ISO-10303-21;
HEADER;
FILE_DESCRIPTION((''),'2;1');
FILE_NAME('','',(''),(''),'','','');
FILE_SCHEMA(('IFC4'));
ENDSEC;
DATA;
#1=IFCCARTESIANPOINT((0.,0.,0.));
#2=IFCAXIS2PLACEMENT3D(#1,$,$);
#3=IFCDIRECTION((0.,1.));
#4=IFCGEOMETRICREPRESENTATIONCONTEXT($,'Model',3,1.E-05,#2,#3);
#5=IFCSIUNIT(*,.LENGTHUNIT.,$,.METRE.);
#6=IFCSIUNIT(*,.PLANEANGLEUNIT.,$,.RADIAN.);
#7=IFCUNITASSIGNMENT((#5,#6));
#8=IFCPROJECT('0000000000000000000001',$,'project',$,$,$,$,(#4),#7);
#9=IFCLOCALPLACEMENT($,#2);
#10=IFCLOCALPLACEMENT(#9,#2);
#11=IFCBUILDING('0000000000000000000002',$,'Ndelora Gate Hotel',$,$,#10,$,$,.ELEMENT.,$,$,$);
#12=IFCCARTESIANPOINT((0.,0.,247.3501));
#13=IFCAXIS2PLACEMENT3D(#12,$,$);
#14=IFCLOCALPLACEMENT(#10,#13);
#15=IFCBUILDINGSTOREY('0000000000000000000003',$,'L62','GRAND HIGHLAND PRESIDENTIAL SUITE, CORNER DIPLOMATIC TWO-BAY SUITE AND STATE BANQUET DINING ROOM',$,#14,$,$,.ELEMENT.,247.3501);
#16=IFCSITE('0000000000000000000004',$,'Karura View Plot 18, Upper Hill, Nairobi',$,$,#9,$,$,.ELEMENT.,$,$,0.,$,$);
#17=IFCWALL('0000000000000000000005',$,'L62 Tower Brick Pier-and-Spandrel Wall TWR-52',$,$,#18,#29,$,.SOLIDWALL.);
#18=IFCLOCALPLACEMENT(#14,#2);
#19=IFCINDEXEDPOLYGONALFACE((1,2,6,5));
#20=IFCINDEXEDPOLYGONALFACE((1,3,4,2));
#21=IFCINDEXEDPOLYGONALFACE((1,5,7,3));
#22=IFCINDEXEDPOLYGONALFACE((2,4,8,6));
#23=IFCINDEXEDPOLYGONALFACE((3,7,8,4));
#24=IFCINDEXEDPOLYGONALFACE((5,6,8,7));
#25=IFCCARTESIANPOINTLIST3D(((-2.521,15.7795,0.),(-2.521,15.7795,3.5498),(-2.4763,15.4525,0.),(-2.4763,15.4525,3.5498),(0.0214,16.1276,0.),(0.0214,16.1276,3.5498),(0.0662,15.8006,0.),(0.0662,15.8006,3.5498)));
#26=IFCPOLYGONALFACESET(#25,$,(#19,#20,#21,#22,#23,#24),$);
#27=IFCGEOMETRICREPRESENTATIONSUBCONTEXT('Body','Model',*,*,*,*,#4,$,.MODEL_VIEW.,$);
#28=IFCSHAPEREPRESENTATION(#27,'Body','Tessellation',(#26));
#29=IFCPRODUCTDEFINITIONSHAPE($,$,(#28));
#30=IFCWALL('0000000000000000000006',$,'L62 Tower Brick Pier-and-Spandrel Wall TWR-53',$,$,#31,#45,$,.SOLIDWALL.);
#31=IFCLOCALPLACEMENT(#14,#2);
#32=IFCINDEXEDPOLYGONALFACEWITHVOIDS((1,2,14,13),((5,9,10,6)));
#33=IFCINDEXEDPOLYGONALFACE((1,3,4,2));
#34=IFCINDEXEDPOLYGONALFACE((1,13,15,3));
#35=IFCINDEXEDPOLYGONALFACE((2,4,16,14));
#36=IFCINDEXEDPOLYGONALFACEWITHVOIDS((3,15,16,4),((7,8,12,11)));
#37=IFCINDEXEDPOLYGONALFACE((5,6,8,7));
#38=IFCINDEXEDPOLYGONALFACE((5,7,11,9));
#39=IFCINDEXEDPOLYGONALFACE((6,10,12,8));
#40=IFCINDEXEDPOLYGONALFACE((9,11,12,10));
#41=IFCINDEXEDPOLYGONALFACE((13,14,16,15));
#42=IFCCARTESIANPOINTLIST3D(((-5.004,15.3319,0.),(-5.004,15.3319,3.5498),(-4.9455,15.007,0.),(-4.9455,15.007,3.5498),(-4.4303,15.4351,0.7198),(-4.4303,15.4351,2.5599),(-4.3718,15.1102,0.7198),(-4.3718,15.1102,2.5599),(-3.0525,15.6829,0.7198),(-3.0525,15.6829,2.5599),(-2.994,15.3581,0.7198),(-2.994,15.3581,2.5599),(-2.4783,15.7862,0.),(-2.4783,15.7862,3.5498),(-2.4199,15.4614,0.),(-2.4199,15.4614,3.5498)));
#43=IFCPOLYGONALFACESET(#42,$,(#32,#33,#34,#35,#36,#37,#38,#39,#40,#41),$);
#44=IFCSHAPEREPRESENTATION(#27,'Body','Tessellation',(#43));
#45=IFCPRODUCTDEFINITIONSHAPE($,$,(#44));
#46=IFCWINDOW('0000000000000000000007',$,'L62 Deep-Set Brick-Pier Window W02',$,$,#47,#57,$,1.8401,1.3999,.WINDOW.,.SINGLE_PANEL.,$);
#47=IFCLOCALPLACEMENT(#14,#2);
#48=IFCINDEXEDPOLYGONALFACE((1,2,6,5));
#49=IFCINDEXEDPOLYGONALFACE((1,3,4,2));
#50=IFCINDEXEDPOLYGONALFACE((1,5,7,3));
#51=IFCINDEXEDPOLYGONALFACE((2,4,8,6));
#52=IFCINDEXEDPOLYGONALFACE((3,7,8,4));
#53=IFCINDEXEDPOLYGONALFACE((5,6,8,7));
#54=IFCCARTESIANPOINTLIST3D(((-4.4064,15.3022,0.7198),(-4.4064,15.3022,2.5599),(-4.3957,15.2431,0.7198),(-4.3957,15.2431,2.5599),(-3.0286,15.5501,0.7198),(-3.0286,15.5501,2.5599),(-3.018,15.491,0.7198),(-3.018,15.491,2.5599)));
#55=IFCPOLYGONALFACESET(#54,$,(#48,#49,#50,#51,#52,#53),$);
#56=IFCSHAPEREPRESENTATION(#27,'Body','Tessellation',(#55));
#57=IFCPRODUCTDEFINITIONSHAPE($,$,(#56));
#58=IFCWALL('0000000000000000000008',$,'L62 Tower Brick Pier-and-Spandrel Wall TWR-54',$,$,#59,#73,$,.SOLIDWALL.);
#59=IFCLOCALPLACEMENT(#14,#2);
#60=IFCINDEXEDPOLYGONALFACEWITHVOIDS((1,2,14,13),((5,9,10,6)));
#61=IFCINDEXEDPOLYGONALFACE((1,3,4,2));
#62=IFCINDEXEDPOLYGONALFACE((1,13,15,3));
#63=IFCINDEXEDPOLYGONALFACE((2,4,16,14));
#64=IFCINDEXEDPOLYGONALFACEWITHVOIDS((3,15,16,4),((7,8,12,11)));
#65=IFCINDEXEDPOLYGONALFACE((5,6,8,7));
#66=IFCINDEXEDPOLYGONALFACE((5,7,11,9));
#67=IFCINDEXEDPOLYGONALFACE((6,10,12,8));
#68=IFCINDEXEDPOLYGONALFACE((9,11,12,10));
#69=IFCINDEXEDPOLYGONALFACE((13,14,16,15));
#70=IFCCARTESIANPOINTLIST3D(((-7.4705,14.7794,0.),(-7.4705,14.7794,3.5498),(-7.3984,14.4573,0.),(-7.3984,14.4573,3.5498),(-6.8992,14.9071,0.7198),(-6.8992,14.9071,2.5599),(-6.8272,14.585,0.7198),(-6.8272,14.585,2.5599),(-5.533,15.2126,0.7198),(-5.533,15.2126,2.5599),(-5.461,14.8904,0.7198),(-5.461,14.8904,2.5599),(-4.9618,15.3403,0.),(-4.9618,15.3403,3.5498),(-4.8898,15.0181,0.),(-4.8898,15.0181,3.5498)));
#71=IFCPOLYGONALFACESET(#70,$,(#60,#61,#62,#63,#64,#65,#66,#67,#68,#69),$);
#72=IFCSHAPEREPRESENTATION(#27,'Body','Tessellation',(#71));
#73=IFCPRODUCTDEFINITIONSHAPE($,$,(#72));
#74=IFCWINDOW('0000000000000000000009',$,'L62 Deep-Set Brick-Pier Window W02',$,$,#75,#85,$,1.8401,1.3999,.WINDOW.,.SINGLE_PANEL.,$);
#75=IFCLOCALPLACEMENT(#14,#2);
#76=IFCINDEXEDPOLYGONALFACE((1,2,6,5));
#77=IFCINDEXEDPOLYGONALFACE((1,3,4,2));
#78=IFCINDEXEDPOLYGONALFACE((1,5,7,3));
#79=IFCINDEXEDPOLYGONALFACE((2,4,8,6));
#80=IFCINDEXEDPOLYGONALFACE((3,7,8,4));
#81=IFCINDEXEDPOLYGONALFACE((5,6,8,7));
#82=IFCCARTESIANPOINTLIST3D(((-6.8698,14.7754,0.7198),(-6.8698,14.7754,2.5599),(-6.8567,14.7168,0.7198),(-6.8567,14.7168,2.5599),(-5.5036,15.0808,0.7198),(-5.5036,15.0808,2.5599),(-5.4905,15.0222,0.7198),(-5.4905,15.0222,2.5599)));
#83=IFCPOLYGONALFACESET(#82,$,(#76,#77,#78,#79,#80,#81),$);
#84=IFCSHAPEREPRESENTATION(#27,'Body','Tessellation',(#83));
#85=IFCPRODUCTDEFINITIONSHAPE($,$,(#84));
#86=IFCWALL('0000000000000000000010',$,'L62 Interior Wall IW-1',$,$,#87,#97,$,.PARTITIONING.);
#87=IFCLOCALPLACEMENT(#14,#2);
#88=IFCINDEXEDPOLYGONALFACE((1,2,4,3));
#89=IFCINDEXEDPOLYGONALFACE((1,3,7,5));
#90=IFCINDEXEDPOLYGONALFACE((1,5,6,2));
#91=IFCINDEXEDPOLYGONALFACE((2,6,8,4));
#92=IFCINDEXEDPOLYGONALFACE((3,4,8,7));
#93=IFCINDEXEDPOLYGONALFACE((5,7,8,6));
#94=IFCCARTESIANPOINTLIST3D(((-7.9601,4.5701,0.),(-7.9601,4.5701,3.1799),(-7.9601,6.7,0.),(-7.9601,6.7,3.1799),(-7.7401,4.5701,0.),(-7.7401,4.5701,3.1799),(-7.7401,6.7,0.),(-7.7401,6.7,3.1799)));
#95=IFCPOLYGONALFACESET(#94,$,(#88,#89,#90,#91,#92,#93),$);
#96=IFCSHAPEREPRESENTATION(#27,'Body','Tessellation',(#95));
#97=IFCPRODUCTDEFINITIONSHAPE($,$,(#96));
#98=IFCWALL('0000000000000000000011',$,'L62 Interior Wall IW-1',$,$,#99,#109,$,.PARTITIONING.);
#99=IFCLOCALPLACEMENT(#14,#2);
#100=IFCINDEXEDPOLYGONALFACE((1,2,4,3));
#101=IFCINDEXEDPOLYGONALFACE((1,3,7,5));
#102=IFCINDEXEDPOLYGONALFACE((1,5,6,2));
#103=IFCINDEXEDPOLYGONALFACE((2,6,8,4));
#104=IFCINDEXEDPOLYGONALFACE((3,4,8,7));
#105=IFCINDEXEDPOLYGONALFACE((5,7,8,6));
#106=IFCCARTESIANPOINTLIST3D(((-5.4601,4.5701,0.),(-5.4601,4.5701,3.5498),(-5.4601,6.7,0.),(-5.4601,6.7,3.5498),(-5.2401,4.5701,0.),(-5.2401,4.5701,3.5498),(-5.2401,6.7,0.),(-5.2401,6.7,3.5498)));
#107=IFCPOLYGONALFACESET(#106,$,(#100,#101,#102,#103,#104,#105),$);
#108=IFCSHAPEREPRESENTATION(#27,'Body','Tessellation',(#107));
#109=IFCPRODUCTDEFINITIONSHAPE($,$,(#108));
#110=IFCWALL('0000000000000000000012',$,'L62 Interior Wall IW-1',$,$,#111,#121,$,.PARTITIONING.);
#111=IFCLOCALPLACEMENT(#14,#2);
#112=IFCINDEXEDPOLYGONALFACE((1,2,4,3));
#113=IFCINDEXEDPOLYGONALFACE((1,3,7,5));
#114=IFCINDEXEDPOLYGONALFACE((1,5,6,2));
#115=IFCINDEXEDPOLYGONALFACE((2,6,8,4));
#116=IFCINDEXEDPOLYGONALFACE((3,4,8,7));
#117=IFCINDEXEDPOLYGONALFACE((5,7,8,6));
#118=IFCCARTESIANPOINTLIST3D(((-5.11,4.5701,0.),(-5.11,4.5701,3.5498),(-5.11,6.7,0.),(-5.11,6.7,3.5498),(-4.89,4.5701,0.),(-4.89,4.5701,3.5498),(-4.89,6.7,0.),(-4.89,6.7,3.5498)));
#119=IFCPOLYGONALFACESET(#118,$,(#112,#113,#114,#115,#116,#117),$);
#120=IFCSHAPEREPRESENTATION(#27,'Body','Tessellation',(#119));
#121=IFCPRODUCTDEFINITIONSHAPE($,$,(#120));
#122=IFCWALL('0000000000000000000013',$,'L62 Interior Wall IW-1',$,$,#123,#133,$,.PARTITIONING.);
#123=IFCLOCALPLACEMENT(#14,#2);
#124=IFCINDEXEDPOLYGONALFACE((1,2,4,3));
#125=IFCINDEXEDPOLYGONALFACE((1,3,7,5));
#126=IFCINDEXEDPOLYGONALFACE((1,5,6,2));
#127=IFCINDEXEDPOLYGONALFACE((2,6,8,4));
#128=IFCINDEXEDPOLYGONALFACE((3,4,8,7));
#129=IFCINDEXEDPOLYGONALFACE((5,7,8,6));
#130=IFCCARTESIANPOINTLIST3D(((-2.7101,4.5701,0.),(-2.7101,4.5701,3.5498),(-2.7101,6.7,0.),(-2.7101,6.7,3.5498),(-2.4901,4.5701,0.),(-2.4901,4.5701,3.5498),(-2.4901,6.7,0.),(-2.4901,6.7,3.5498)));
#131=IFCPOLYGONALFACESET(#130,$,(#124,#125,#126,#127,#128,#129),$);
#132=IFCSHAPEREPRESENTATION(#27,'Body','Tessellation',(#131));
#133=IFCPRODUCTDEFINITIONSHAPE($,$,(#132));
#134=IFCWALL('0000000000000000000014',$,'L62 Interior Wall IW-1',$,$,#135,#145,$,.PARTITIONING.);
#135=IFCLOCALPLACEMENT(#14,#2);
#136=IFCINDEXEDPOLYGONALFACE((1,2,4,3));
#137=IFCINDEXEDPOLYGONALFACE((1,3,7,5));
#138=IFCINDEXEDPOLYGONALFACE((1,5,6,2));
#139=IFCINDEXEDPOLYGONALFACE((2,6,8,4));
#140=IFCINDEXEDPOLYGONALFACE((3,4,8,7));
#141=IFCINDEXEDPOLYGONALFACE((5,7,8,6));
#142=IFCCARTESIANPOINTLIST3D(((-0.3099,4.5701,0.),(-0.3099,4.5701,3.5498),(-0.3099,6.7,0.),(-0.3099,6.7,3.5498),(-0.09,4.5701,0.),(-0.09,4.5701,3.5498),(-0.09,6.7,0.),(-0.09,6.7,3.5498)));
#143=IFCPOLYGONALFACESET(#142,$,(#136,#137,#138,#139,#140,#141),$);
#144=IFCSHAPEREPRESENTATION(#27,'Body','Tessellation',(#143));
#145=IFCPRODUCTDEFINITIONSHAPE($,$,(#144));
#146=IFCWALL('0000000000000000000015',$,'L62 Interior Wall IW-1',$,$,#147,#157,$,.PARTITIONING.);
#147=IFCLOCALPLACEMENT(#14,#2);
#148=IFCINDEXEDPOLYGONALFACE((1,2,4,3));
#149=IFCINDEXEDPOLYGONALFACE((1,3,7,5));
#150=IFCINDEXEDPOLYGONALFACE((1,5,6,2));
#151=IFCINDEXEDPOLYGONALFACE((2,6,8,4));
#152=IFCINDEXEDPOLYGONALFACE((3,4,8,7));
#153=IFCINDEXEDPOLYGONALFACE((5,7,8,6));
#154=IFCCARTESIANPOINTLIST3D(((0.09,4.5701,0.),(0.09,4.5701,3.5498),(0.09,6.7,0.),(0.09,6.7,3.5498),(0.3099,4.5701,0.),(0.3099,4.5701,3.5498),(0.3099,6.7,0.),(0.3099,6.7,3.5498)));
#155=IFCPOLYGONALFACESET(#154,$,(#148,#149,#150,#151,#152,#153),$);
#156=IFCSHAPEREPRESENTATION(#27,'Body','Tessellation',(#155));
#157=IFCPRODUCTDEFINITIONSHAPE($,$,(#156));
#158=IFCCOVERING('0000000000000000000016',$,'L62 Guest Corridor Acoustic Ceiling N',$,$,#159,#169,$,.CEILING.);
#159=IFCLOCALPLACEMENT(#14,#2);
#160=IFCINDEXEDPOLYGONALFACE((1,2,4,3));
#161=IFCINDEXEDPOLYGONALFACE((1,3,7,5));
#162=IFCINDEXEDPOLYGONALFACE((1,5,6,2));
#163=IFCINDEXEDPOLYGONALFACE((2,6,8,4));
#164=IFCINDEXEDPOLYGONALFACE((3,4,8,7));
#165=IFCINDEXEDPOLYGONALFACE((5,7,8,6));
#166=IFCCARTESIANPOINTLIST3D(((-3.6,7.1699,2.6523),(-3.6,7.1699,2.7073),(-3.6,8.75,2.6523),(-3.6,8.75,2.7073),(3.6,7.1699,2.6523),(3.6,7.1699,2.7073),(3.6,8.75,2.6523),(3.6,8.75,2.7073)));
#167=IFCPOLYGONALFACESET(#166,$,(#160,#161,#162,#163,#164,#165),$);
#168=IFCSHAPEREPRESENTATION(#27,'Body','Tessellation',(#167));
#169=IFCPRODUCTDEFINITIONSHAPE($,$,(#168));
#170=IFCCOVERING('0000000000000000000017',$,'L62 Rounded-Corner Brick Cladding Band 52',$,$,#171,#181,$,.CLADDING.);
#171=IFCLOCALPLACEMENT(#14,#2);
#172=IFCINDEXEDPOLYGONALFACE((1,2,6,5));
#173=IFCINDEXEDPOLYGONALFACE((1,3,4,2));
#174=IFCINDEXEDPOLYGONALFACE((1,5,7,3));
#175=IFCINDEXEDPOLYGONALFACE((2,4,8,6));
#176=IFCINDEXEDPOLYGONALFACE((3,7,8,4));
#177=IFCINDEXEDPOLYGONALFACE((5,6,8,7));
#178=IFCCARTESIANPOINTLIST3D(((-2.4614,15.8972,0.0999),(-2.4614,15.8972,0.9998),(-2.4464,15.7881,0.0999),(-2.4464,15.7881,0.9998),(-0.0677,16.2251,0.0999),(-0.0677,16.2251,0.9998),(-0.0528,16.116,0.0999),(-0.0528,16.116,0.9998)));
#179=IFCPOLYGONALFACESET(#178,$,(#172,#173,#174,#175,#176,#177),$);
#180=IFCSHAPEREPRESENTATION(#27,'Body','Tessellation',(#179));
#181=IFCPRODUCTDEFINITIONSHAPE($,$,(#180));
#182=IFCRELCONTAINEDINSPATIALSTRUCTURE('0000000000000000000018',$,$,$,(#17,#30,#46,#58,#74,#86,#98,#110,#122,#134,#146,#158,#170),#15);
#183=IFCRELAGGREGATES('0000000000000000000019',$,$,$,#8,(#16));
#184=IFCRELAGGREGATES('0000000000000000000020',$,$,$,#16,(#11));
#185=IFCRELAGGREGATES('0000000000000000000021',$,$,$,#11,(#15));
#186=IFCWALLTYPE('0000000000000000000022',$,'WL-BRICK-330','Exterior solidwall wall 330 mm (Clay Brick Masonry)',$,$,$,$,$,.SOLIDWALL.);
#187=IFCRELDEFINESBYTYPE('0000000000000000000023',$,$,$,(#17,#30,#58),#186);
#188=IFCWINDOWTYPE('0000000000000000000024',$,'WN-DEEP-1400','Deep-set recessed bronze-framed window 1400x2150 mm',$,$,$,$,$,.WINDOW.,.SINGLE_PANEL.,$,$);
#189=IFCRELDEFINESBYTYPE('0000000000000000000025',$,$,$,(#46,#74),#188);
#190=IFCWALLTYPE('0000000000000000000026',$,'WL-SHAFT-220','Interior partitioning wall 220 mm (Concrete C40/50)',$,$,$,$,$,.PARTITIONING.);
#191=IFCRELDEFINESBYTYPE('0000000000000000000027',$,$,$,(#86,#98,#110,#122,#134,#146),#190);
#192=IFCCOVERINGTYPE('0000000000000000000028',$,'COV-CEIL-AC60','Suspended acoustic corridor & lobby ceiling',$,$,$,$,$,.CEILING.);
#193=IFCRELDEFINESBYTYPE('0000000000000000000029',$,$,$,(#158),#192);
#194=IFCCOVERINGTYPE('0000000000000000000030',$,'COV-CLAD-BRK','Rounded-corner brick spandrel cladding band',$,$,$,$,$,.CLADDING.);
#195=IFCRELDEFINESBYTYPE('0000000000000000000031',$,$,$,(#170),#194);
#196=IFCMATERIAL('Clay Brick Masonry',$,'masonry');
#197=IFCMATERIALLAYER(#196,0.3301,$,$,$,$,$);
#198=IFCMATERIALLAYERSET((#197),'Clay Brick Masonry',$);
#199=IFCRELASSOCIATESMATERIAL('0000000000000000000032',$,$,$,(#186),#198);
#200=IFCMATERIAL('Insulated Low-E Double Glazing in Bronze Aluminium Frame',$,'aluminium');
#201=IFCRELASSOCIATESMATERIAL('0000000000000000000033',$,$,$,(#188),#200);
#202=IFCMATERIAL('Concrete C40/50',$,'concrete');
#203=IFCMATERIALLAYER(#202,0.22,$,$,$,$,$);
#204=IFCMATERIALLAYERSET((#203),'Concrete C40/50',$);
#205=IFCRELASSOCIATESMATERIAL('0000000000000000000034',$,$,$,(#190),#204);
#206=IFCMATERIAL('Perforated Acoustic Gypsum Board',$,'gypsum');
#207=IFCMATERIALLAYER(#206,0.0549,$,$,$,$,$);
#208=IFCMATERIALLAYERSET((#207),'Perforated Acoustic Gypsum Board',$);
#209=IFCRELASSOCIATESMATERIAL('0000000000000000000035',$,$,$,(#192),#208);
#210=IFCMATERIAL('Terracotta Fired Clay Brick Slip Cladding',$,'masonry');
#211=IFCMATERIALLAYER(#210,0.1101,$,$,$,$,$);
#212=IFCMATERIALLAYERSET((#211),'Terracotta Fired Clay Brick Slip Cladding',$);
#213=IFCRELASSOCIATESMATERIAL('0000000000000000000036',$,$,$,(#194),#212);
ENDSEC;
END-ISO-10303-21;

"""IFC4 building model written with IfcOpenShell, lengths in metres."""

from ifc_helpers import new_model, si_unit, direction, frame, frame_2d, origin, origin_2d, place, context, subcontext, project, spatial, rectangle, extrude, material, layer, layer_set, type_object, element, fill, save


model = new_model("IFC4")

# Units and contexts
model_context = context("Model", 3, precision=1e-05, world=origin(), true_north=direction((0.0, 1.0)))
body_context = subcontext(model_context, "Body", "Model", "MODEL_VIEW")
ifc_project = project(units=[si_unit("LENGTHUNIT", "METRE"), si_unit("PLANEANGLEUNIT", "RADIAN")], contexts=[model_context])

# Site, building, storey
site_placement = place(None, origin())
site = spatial("IfcSite", under=ifc_project, at=site_placement, Name="Karura View Plot 18, Upper Hill, Nairobi", CompositionType="ELEMENT", RefElevation=0.0)
building_placement = place(site_placement, origin())
building = spatial("IfcBuilding", under=site, at=building_placement, Name="Ndelora Gate Hotel", CompositionType="ELEMENT")
storey_placement = place(building_placement, frame((0.0, 0.0, 247.3501)))
storey = spatial("IfcBuildingStorey", under=building, at=storey_placement, Name="L62", Description="GRAND HIGHLAND PRESIDENTIAL SUITE, CORNER DIPLOMATIC TWO-BAY SUITE AND STATE BANQUET DINING ROOM", CompositionType="ELEMENT", Elevation=247.3501)

# Shared definitions
ifc_material_1 = material(Name="Clay Brick Masonry", Category="masonry")
ifc_layer_1 = layer(ifc_material_1, 0.3301)
ifc_layer_set_1 = layer_set([ifc_layer_1], Name="Clay Brick Masonry")
wall_type_1 = type_object("IfcWallType", Name="WL-BRICK-330", Description="Exterior solidwall wall 330 mm (Clay Brick Masonry)", PredefinedType="SOLIDWALL", material=ifc_layer_set_1)
ifc_material_2 = material(Name="Insulated Low-E Double Glazing in Bronze Aluminium Frame", Category="aluminium")
window_type = type_object("IfcWindowType", Name="WN-DEEP-1400", Description="Deep-set recessed bronze-framed window 1400x2150 mm", PartitioningType="SINGLE_PANEL", PredefinedType="WINDOW", material=ifc_material_2)

# Wall
wall_1_placement = place(storey_placement, frame((-2.4988, 15.616, 0.0), z_axis=(0.0, 0.0, 1.0), x_axis=(0.990755, 0.135665, 0.0)))
element("IfcWall", 1, at=wall_1_placement, inside=storey, type_object=wall_type_1, Name="L62 Tower Brick Pier-and-Spandrel Wall TWR-52", PredefinedType="SOLIDWALL", context=body_context, shape_type="SweptSolid", body=[
    extrude(rectangle(XDim=2.5662, YDim=0.3301, at=frame_2d((1.2832, 0.0))), origin(), (0.0, 0.0, 1.0), 3.5498),
])

# Walls, openings, windows
wall_2_placement = place(storey_placement, frame((-4.9749, 15.1694, 0.0), z_axis=(0.0, 0.0, 1.0), x_axis=(0.984202, 0.177052, 0.0)))
wall_2 = element("IfcWall", 2, at=wall_2_placement, inside=storey, type_object=wall_type_1, Name="L62 Tower Brick Pier-and-Spandrel Wall TWR-53", PredefinedType="SOLIDWALL", context=body_context, shape_type="SweptSolid", body=[
    extrude(rectangle(XDim=2.5662, YDim=0.3301, at=frame_2d((1.2832, 0.0))), origin(), (0.0, 0.0, 1.0), 3.5498),
])
opening_1_placement = place(wall_2_placement, frame((0.583, 0.0, 0.72)))
opening_1 = element("IfcOpeningElement", 3, at=opening_1_placement, cuts=wall_2, PredefinedType="OPENING", context=body_context, shape_type="SweptSolid", body=[
    extrude(rectangle(XDim=1.3999, YDim=1.8401, at=frame_2d((0.7, 0.9199))), frame((0.0, 0.175, 0.0), z_axis=(0.0, -1.0, 0.0), x_axis=(1.0, 0.0, 0.0)), (0.0, 0.0, 1.0), 0.3501),
])
window_1_placement = place(opening_1_placement, origin())
window_1 = element("IfcWindow", 4, at=window_1_placement, inside=storey, type_object=window_type, Name="L62 Deep-Set Brick-Pier Window W02", OverallHeight=1.8401, OverallWidth=1.3999, PartitioningType="SINGLE_PANEL", PredefinedType="WINDOW", context=body_context, shape_type="SweptSolid", body=[
    extrude(rectangle(XDim=1.3999, YDim=1.8401, at=frame_2d((0.7, 0.9199))), frame((0.0, 0.03, 0.0), z_axis=(0.0, -1.0, 0.0), x_axis=(1.0, 0.0, 0.0)), (0.0, 0.0, 1.0), 0.0601),
])
fill(opening_1, window_1)
wall_3_placement = place(storey_placement, frame((-7.4343, 14.6184, 0.0), z_axis=(0.0, 0.0, 1.0), x_axis=(0.975911, 0.218167, 0.0)))
wall_3 = element("IfcWall", 5, at=wall_3_placement, inside=storey, type_object=wall_type_1, Name="L62 Tower Brick Pier-and-Spandrel Wall TWR-54", PredefinedType="SOLIDWALL", context=body_context, shape_type="SweptSolid", body=[
    extrude(rectangle(XDim=2.5706, YDim=0.3301, at=frame_2d((1.2852, 0.0))), origin(), (0.0, 0.0, 1.0), 3.5498),
])
opening_2_placement = place(wall_3_placement, frame((0.5852, 0.0, 0.72)))
opening_2 = element("IfcOpeningElement", 6, at=opening_2_placement, cuts=wall_3, PredefinedType="OPENING", context=body_context, shape_type="SweptSolid", body=[
    extrude(rectangle(XDim=1.3999, YDim=1.8401, at=frame_2d((0.7, 0.9199))), frame((0.0, 0.175, 0.0), z_axis=(0.0, -1.0, 0.0), x_axis=(1.0, 0.0, 0.0)), (0.0, 0.0, 1.0), 0.3501),
])
window_2_placement = place(opening_2_placement, origin())
window_2 = element("IfcWindow", 7, at=window_2_placement, inside=storey, type_object=window_type, Name="L62 Deep-Set Brick-Pier Window W02", OverallHeight=1.8401, OverallWidth=1.3999, PartitioningType="SINGLE_PANEL", PredefinedType="WINDOW", context=body_context, shape_type="SweptSolid", body=[
    extrude(rectangle(XDim=1.3999, YDim=1.8401, at=frame_2d((0.7, 0.9199))), frame((0.0, 0.03, 0.0), z_axis=(0.0, -1.0, 0.0), x_axis=(1.0, 0.0, 0.0)), (0.0, 0.0, 1.0), 0.0601),
])
fill(opening_2, window_2)

# Walls
ifc_material_3 = material(Name="Concrete C40/50", Category="concrete")
ifc_layer_2 = layer(ifc_material_3, 0.22)
ifc_layer_set_2 = layer_set([ifc_layer_2], Name="Concrete C40/50")
wall_type_2 = type_object("IfcWallType", Name="WL-SHAFT-220", Description="Interior partitioning wall 220 mm (Concrete C40/50)", PredefinedType="PARTITIONING", material=ifc_layer_set_2)
wall_4_placement = place(storey_placement, frame((-7.8501, 4.5701, 0.0), z_axis=(0.0, 0.0, 1.0), x_axis=(0.0, 1.0, 0.0)))
element("IfcWall", 8, at=wall_4_placement, inside=storey, type_object=wall_type_2, Name="L62 Interior Wall IW-1", PredefinedType="PARTITIONING", context=body_context, shape_type="SweptSolid", body=[
    extrude(rectangle(XDim=2.1299, YDim=0.22, at=frame_2d((1.0649, 0.0))), origin(), (0.0, 0.0, 1.0), 3.1799),
])
for number, where, z_axis, x_axis, name in (
    (9, (-5.3501, 4.5701, 0.0), (0.0, 0.0, 1.0), (0.0, 1.0, 0.0), "L62 Interior Wall IW-1"),
    (10, (-5.0, 4.5701, 0.0), (0.0, 0.0, 1.0), (0.0, 1.0, 0.0), "L62 Interior Wall IW-1"),
    (11, (-2.6001, 4.5701, 0.0), (0.0, 0.0, 1.0), (0.0, 1.0, 0.0), "L62 Interior Wall IW-1"),
    (12, (-0.2, 4.5701, 0.0), (0.0, 0.0, 1.0), (0.0, 1.0, 0.0), "L62 Interior Wall IW-1"),
    (13, (0.2, 4.5701, 0.0), (0.0, 0.0, 1.0), (0.0, 1.0, 0.0), "L62 Interior Wall IW-1"),
):
    element("IfcWall", number, at=place(storey_placement, frame(where, z_axis=z_axis, x_axis=x_axis)), inside=storey, type_object=wall_type_2, Name=name, PredefinedType="PARTITIONING", context=body_context, shape_type="SweptSolid", body=[
        extrude(rectangle(XDim=2.1299, YDim=0.22, at=frame_2d((1.0649, 0.0))), origin(), (0.0, 0.0, 1.0), 3.5498),
    ])

# Coverings
ifc_material_4 = material(Name="Perforated Acoustic Gypsum Board", Category="gypsum")
ifc_layer_3 = layer(ifc_material_4, 0.0549)
ifc_layer_set_3 = layer_set([ifc_layer_3], Name="Perforated Acoustic Gypsum Board")
covering_type_1 = type_object("IfcCoveringType", Name="COV-CEIL-AC60", Description="Suspended acoustic corridor & lobby ceiling", PredefinedType="CEILING", material=ifc_layer_set_3)
covering_1_placement = place(storey_placement, frame((0.0, 7.96, 2.6523), z_axis=(0.0, 0.0, 1.0), x_axis=(1.0, 0.0, 0.0)))
element("IfcCovering", 14, at=covering_1_placement, inside=storey, type_object=covering_type_1, Name="L62 Guest Corridor Acoustic Ceiling N", PredefinedType="CEILING", context=body_context, shape_type="SweptSolid", body=[
    extrude(rectangle(XDim=7.2, YDim=1.5801, at=origin_2d()), origin(), (0.0, 0.0, 1.0), 0.0549),
])
ifc_material_5 = material(Name="Terracotta Fired Clay Brick Slip Cladding", Category="masonry")
ifc_layer_4 = layer(ifc_material_5, 0.1101)
ifc_layer_set_4 = layer_set([ifc_layer_4], Name="Terracotta Fired Clay Brick Slip Cladding")
covering_type_2 = type_object("IfcCoveringType", Name="COV-CLAD-BRK", Description="Rounded-corner brick spandrel cladding band", PredefinedType="CLADDING", material=ifc_layer_set_4)
covering_2_placement = place(storey_placement, frame((-1.2571, 16.0066, 0.0999), z_axis=(0.0, 0.0, 1.0), x_axis=(0.990748, 0.135716, 0.0)))
element("IfcCovering", 15, at=covering_2_placement, inside=storey, type_object=covering_type_2, Name="L62 Rounded-Corner Brick Cladding Band 52", PredefinedType="CLADDING", context=body_context, shape_type="SweptSolid", body=[
    extrude(rectangle(XDim=2.416, YDim=0.1101, at=origin_2d()), origin(), (0.0, 0.0, 1.0), 0.8999),
])

save(model, "model.ifc")
